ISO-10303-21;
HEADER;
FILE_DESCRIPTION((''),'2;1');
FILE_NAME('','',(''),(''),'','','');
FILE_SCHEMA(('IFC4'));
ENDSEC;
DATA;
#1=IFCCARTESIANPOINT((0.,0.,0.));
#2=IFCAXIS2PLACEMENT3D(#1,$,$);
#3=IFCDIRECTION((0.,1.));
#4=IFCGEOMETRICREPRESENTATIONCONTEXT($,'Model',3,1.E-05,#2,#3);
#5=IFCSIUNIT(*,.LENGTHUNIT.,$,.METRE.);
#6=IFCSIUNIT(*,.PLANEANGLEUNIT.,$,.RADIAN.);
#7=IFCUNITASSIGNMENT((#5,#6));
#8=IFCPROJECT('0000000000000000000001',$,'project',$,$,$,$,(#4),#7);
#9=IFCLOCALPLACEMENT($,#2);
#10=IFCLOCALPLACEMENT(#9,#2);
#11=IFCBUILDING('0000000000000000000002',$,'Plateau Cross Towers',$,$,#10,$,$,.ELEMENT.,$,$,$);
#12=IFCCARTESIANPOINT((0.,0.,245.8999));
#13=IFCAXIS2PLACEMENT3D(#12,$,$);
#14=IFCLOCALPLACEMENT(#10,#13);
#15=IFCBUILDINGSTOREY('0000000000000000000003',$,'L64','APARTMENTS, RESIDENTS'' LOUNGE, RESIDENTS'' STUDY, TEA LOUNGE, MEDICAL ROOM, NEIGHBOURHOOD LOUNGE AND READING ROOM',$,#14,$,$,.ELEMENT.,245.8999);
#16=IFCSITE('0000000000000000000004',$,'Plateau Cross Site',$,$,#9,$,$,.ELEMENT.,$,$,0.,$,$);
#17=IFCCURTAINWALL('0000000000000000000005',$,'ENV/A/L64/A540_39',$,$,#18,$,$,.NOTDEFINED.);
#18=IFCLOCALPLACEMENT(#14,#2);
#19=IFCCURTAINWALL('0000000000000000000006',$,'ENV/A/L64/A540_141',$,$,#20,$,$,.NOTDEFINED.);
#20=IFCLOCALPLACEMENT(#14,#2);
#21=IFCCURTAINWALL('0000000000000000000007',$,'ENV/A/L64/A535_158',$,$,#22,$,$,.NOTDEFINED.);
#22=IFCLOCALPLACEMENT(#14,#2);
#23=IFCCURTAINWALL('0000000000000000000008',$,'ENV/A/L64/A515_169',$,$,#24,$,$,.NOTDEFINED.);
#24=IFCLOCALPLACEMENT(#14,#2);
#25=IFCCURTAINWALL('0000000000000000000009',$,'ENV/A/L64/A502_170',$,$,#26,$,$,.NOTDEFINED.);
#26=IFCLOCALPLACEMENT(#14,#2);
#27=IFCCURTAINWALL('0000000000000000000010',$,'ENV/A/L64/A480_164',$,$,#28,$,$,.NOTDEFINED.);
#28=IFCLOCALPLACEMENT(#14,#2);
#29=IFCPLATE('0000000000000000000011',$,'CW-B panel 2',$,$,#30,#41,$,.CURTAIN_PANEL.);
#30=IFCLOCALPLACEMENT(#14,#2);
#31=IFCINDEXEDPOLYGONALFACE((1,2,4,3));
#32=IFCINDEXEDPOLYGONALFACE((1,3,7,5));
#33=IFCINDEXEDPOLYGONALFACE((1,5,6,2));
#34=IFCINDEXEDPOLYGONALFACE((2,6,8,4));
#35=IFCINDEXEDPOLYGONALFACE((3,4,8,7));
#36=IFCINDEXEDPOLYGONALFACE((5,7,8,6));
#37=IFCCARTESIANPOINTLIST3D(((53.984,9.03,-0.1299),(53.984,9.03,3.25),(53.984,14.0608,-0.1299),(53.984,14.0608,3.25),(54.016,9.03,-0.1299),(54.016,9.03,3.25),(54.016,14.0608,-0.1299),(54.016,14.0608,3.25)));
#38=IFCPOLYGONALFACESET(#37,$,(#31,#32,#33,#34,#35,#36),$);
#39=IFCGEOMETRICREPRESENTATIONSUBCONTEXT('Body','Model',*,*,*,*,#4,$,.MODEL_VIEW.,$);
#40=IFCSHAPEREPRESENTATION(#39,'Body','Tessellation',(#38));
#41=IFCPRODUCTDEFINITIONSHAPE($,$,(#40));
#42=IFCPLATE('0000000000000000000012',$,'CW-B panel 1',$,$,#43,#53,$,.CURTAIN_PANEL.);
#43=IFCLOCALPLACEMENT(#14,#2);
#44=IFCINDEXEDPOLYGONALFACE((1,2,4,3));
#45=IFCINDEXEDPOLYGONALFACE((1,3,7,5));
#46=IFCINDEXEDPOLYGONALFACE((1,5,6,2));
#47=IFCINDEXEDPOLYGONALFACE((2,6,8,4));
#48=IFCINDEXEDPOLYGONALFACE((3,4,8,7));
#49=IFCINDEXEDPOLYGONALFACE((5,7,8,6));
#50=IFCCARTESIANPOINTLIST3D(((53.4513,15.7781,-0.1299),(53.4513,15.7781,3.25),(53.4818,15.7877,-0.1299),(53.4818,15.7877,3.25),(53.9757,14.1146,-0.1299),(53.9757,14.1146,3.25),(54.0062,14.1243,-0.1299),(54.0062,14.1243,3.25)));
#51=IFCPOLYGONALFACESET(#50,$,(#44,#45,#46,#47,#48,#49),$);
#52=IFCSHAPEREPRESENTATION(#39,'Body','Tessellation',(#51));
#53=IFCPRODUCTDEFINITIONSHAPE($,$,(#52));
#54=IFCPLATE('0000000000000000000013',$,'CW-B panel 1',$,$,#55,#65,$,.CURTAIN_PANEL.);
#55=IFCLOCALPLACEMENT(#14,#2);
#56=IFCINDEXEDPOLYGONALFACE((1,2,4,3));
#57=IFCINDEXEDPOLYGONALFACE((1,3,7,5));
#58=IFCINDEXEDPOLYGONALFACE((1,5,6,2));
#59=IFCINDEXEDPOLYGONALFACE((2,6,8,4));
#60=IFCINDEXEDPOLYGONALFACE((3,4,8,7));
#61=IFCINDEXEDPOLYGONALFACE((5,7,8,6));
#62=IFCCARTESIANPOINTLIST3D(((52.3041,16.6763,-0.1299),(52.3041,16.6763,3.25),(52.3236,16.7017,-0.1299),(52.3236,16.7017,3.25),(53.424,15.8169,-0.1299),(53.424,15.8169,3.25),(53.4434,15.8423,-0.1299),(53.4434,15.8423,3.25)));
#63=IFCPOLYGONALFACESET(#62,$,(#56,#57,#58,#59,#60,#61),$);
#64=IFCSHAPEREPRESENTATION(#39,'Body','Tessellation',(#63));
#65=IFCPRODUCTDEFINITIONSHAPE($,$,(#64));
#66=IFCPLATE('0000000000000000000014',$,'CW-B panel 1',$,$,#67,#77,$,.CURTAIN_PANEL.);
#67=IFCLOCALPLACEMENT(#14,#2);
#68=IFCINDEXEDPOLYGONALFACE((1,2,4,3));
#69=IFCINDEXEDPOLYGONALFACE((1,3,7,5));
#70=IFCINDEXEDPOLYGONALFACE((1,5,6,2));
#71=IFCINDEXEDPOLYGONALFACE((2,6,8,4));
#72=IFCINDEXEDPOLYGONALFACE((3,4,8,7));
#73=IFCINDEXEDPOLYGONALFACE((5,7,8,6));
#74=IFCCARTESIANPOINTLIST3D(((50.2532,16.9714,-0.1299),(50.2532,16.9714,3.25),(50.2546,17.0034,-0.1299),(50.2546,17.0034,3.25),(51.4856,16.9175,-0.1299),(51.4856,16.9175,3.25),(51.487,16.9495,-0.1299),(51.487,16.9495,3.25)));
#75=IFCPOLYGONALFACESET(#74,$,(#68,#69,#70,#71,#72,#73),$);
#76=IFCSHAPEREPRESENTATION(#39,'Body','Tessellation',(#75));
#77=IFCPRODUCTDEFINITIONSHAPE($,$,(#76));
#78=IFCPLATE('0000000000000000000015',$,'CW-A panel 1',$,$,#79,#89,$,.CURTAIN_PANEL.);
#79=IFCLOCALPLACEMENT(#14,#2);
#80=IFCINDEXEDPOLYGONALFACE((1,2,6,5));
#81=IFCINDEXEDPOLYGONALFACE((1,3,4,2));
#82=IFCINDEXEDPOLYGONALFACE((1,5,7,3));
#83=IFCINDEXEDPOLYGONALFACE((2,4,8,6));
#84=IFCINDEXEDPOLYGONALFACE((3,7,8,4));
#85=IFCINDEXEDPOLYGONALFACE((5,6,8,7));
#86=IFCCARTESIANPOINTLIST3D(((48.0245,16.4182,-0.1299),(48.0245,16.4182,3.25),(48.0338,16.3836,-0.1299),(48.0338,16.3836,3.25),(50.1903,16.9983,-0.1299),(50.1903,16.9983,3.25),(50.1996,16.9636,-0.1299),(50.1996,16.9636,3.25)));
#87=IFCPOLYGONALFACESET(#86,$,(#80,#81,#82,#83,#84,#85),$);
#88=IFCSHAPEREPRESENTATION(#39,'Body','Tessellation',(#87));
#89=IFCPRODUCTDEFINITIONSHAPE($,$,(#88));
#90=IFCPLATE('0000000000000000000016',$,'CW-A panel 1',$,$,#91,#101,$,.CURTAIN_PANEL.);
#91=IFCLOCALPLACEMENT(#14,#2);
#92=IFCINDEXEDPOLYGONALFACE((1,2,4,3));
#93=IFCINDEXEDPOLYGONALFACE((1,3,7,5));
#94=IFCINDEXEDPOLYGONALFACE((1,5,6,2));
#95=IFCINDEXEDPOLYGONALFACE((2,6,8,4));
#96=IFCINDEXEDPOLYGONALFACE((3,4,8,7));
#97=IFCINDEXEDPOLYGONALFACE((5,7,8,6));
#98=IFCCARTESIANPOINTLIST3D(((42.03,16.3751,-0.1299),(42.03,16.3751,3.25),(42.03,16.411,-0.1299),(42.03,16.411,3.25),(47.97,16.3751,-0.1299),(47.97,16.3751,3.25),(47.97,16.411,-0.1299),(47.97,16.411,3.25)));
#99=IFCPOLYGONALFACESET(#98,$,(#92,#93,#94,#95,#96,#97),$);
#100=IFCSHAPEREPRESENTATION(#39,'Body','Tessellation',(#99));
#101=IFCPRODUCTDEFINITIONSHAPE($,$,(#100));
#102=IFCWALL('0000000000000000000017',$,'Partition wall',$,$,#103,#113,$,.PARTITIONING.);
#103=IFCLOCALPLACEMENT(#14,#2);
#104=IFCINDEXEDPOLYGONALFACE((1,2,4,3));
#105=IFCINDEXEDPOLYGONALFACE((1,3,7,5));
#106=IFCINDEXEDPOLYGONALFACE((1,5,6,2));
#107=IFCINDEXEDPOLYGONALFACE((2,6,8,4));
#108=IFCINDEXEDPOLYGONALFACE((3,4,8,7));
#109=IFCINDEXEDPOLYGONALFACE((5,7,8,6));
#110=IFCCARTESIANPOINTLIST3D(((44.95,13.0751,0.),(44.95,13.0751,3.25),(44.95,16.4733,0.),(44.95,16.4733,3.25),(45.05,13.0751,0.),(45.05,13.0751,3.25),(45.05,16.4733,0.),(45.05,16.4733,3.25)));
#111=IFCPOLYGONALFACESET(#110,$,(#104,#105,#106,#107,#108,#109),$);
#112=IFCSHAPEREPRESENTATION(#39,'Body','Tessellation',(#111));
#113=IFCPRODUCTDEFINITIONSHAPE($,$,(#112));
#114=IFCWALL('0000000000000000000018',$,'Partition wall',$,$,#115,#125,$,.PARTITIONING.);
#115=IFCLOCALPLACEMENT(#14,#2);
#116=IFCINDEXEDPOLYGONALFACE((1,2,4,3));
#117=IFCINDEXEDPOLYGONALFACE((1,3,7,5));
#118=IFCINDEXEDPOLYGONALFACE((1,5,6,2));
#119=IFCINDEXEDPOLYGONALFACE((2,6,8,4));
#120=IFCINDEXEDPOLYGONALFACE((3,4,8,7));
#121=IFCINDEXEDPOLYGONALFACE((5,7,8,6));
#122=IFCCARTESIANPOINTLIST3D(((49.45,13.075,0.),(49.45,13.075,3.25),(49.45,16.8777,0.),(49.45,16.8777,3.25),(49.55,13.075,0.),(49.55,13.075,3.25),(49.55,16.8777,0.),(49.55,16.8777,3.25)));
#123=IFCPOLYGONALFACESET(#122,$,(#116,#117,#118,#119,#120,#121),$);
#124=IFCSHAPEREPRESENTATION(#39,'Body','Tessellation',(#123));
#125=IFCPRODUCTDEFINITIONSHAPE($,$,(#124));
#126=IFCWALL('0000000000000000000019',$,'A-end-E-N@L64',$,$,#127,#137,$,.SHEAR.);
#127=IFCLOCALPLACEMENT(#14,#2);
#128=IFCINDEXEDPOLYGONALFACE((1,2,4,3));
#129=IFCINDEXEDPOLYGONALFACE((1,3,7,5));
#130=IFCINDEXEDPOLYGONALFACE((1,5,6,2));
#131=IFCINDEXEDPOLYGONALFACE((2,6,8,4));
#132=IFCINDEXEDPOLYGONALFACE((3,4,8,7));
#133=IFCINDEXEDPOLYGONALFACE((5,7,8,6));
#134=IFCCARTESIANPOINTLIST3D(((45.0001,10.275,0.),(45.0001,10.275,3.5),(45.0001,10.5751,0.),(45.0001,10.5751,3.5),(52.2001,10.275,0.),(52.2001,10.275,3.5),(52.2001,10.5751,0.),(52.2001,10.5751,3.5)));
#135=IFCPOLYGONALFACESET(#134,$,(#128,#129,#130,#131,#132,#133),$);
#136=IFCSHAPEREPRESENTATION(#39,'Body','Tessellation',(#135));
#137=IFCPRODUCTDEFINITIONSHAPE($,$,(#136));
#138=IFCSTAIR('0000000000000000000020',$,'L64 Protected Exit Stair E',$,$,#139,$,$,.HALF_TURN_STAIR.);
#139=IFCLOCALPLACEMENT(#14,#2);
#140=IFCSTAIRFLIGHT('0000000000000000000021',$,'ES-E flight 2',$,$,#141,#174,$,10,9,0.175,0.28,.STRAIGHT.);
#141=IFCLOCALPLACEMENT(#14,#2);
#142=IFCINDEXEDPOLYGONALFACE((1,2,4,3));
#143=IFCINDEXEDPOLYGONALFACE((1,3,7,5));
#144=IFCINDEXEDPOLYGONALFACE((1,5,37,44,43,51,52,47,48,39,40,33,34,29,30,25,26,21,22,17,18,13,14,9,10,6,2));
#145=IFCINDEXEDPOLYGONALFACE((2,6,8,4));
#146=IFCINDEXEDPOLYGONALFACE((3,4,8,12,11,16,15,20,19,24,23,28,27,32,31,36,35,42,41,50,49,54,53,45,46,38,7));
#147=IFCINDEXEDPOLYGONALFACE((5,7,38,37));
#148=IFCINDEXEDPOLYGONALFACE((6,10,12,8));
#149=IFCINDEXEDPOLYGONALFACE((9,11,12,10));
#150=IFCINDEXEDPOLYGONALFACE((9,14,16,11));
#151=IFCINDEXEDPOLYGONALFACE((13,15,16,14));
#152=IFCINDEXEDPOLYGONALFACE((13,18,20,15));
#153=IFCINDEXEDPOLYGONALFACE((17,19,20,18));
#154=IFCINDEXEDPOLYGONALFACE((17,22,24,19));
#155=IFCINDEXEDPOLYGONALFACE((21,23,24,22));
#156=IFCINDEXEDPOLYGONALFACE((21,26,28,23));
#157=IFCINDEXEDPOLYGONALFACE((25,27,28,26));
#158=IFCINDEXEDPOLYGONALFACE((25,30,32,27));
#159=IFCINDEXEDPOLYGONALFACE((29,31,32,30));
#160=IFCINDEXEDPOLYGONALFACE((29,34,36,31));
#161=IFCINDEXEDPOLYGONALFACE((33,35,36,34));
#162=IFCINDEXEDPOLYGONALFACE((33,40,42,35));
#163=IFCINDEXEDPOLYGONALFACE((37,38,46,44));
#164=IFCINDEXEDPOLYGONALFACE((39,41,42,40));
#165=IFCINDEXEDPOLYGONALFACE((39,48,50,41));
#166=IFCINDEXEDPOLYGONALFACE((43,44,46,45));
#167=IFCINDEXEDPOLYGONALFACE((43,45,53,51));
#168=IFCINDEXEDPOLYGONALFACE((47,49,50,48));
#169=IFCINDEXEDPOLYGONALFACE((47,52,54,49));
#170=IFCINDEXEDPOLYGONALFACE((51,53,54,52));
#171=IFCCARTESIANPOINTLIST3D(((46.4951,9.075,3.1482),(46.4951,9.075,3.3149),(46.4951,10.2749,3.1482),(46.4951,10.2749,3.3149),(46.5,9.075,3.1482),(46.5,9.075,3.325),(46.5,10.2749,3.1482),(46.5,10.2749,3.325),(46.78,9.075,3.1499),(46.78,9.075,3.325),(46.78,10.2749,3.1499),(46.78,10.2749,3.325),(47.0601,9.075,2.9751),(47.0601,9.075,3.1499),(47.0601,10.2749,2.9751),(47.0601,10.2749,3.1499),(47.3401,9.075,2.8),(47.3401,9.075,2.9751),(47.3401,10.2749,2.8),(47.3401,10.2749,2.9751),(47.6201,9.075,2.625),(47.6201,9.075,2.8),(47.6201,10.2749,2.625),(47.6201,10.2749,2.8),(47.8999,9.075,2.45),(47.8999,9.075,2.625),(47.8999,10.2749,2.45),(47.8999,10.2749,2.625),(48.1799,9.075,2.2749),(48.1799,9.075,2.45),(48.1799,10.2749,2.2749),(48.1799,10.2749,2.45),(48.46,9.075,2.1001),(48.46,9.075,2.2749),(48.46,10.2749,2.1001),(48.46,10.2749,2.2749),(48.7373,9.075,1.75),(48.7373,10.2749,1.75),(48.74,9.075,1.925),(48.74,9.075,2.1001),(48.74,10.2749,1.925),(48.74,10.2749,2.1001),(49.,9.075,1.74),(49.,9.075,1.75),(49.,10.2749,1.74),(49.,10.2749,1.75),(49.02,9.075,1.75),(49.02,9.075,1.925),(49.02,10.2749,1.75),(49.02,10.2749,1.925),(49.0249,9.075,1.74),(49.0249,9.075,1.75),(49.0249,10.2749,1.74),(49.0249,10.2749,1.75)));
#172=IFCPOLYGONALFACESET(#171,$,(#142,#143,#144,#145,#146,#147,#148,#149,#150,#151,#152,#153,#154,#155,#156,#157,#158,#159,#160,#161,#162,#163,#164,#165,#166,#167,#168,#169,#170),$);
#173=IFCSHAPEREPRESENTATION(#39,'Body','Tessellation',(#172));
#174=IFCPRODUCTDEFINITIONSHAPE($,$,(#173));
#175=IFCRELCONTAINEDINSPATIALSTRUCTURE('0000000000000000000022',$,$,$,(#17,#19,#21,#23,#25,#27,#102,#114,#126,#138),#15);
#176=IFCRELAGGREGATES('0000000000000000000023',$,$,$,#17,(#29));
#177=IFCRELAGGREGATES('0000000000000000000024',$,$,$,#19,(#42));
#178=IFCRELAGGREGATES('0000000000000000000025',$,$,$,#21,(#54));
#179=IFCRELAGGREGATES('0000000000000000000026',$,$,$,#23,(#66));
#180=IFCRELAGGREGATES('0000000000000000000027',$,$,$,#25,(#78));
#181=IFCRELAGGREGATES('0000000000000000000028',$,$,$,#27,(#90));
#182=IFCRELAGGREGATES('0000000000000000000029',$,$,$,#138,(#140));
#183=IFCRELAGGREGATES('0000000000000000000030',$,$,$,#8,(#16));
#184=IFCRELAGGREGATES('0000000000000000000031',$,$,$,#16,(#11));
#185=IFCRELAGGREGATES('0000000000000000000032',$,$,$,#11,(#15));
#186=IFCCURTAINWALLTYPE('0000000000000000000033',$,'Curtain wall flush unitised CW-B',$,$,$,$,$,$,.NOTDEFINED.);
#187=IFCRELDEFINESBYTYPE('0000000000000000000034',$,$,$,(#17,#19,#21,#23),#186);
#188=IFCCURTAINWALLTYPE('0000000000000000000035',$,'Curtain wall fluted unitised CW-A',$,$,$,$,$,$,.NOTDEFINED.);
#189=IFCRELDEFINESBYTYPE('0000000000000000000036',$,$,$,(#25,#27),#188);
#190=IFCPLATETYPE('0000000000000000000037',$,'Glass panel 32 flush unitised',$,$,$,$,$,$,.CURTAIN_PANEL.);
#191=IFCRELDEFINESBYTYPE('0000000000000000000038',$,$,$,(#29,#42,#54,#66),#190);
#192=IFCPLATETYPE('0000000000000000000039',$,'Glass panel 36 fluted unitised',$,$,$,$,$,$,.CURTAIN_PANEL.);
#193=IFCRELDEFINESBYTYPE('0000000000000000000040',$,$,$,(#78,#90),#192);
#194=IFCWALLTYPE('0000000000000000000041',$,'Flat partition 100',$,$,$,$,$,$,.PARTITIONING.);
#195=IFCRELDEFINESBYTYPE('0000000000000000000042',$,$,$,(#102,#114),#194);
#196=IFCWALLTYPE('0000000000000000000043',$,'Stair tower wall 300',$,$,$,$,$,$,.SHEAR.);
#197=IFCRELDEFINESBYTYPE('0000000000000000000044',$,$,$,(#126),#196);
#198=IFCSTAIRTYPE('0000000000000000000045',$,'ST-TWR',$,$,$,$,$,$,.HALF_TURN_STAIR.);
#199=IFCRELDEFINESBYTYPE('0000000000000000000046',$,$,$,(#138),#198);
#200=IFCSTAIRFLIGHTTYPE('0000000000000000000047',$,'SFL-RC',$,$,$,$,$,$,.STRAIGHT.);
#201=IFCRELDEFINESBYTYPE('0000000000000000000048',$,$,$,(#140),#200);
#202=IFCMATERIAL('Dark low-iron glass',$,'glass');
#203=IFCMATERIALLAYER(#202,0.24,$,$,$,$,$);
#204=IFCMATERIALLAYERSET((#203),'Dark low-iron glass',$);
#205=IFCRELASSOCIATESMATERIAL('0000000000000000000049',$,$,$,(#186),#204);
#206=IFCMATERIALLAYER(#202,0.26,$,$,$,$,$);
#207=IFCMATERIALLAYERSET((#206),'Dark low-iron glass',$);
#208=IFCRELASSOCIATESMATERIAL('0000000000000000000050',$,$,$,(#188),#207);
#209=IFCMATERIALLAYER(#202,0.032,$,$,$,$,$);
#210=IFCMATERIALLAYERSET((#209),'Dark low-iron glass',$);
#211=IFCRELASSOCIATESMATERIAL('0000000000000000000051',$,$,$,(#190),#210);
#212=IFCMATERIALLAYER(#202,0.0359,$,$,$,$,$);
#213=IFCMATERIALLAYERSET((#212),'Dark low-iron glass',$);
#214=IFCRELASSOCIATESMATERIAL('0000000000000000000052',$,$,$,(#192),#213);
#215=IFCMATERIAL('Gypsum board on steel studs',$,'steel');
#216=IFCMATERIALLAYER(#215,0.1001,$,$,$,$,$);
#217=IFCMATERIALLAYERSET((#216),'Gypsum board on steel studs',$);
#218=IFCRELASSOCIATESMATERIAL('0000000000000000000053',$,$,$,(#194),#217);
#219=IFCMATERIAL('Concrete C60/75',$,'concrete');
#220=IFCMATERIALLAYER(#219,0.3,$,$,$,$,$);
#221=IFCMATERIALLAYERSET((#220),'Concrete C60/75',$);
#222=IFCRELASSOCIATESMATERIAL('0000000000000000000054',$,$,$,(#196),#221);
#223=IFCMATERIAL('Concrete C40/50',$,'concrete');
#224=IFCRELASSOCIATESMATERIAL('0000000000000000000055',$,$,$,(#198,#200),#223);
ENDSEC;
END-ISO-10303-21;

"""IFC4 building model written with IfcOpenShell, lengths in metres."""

from ifc_helpers import new_model, si_unit, direction, frame, frame_2d, origin, origin_2d, place, context, subcontext, project, spatial, polyline, rectangle, outline, extrude, material, layer, layer_set, type_object, element, aggregate, save


model = new_model("IFC4")

# Units and contexts
model_context = context("Model", 3, precision=1e-05, world=origin(), true_north=direction((0.0, 1.0)))
body_context = subcontext(model_context, "Body", "Model", "MODEL_VIEW")
ifc_project = project(units=[si_unit("LENGTHUNIT", "METRE"), si_unit("PLANEANGLEUNIT", "RADIAN")], contexts=[model_context])

# Site, building, storey
site_placement = place(None, origin())
site = spatial("IfcSite", under=ifc_project, at=site_placement, Name="Plateau Cross Site", CompositionType="ELEMENT", RefElevation=0.0)
building_placement = place(site_placement, origin())
building = spatial("IfcBuilding", under=site, at=building_placement, Name="Plateau Cross Towers", CompositionType="ELEMENT")
storey_placement = place(building_placement, frame((0.0, 0.0, 245.8999)))
storey = spatial("IfcBuildingStorey", under=building, at=storey_placement, Name="L64", Description="APARTMENTS, RESIDENTS' LOUNGE, RESIDENTS' STUDY, TEA LOUNGE, MEDICAL ROOM, NEIGHBOURHOOD LOUNGE AND READING ROOM", CompositionType="ELEMENT", Elevation=245.8999)

# Shared definitions
ifc_material_1 = material(Name="Concrete C60/75", Category="concrete")

# Curtain walls
ifc_material_2 = material(Name="Dark low-iron glass", Category="glass")
ifc_layer_1 = layer(ifc_material_2, 0.24)
ifc_layer_set_1 = layer_set([ifc_layer_1], Name="Dark low-iron glass")
curtain_wall_type_1 = type_object("IfcCurtainWallType", Name="Curtain wall flush unitised CW-B", PredefinedType="NOTDEFINED", material=ifc_layer_set_1)
curtain_wall_1_placement = place(storey_placement, origin())
curtain_wall_1 = element("IfcCurtainWall", 1, at=curtain_wall_1_placement, inside=storey, type_object=curtain_wall_type_1, Name="ENV/A/L64/A540_39", PredefinedType="NOTDEFINED")
curtain_wall_2_placement = place(storey_placement, origin())
curtain_wall_2 = element("IfcCurtainWall", 2, at=curtain_wall_2_placement, inside=storey, type_object=curtain_wall_type_1, Name="ENV/A/L64/A540_141", PredefinedType="NOTDEFINED")

# Curtain wall
curtain_wall_3_placement = place(storey_placement, origin())
curtain_wall_3 = element("IfcCurtainWall", 3, at=curtain_wall_3_placement, inside=storey, type_object=curtain_wall_type_1, Name="ENV/A/L64/A535_158", PredefinedType="NOTDEFINED")

# Curtain walls
curtain_wall_4_placement = place(storey_placement, origin())
curtain_wall_4 = element("IfcCurtainWall", 4, at=curtain_wall_4_placement, inside=storey, type_object=curtain_wall_type_1, Name="ENV/A/L64/A515_169", PredefinedType="NOTDEFINED")
ifc_layer_2 = layer(ifc_material_2, 0.26)
ifc_layer_set_2 = layer_set([ifc_layer_2], Name="Dark low-iron glass")
curtain_wall_type_2 = type_object("IfcCurtainWallType", Name="Curtain wall fluted unitised CW-A", PredefinedType="NOTDEFINED", material=ifc_layer_set_2)
curtain_wall_5_placement = place(storey_placement, origin())
curtain_wall_5 = element("IfcCurtainWall", 5, at=curtain_wall_5_placement, inside=storey, type_object=curtain_wall_type_2, Name="ENV/A/L64/A502_170", PredefinedType="NOTDEFINED")
curtain_wall_6_placement = place(storey_placement, origin())
curtain_wall_6 = element("IfcCurtainWall", 6, at=curtain_wall_6_placement, inside=storey, type_object=curtain_wall_type_2, Name="ENV/A/L64/A480_164", PredefinedType="NOTDEFINED")

# Plates
ifc_layer_3 = layer(ifc_material_2, 0.032)
ifc_layer_set_3 = layer_set([ifc_layer_3], Name="Dark low-iron glass")
plate_type_1 = type_object("IfcPlateType", Name="Glass panel 32 flush unitised", PredefinedType="CURTAIN_PANEL", material=ifc_layer_set_3)
plate_1_placement = place(storey_placement, frame((54.0, 11.5454, -0.1299), z_axis=(0.0, 0.0, 1.0), x_axis=(0.0, 1.0, 0.0)))
plate_1 = element("IfcPlate", 7, at=plate_1_placement, type_object=plate_type_1, Name="CW-B panel 2", PredefinedType="CURTAIN_PANEL", context=body_context, shape_type="SweptSolid", body=[
    extrude(rectangle(XDim=5.0308, YDim=0.032, at=origin_2d()), origin(), (0.0, 0.0, 1.0), 3.3799),
])
aggregate(curtain_wall_1, [plate_1])
plate_2_placement = place(storey_placement, frame((53.7288, 14.9512, -0.1299), z_axis=(0.0, 0.0, 1.0), x_axis=(-0.300686, 0.953723, 0.0)))
plate_2 = element("IfcPlate", 8, at=plate_2_placement, type_object=plate_type_1, Name="CW-B panel 1", PredefinedType="CURTAIN_PANEL", context=body_context, shape_type="SweptSolid", body=[
    extrude(rectangle(XDim=1.7441, YDim=0.032, at=origin_2d()), origin(), (0.0, 0.0, 1.0), 3.3799),
])
aggregate(curtain_wall_2, [plate_2])
plate_3_placement = place(storey_placement, frame((52.8738, 16.2593, -0.1299), z_axis=(0.0, 0.0, 1.0), x_axis=(-0.793316, 0.608811, 0.0)))
plate_3 = element("IfcPlate", 9, at=plate_3_placement, type_object=plate_type_1, Name="CW-B panel 1", PredefinedType="CURTAIN_PANEL", context=body_context, shape_type="SweptSolid", body=[
    extrude(rectangle(XDim=1.4116, YDim=0.032, at=origin_2d()), origin(), (0.0, 0.0, 1.0), 3.3799),
])
aggregate(curtain_wall_3, [plate_3])
plate_4_placement = place(storey_placement, frame((50.8701, 16.9604, -0.1299), z_axis=(0.0, 0.0, 1.0), x_axis=(-0.999044, 0.043723, 0.0)))
plate_4 = element("IfcPlate", 10, at=plate_4_placement, type_object=plate_type_1, Name="CW-B panel 1", PredefinedType="CURTAIN_PANEL", context=body_context, shape_type="SweptSolid", body=[
    extrude(rectangle(XDim=1.2336, YDim=0.032, at=origin_2d()), origin(), (0.0, 0.0, 1.0), 3.3799),
])
aggregate(curtain_wall_4, [plate_4])
ifc_layer_4 = layer(ifc_material_2, 0.0359)
ifc_layer_set_4 = layer_set([ifc_layer_4], Name="Dark low-iron glass")
plate_type_2 = type_object("IfcPlateType", Name="Glass panel 36 fluted unitised", PredefinedType="CURTAIN_PANEL", material=ifc_layer_set_4)
plate_5_placement = place(storey_placement, frame((49.1121, 16.6909, -0.1299), z_axis=(0.0, 0.0, 1.0), x_axis=(-0.965958, -0.258699, 0.0)))
plate_5 = element("IfcPlate", 11, at=plate_5_placement, type_object=plate_type_2, Name="CW-A panel 1", PredefinedType="CURTAIN_PANEL", context=body_context, shape_type="SweptSolid", body=[
    extrude(rectangle(XDim=2.2422, YDim=0.0359, at=origin_2d()), origin(), (0.0, 0.0, 1.0), 3.3799),
])
aggregate(curtain_wall_5, [plate_5])
plate_6_placement = place(storey_placement, frame((45.0, 16.3931, -0.1299), z_axis=(0.0, 0.0, 1.0), x_axis=(-1.0, 0.0, 0.0)))
plate_6 = element("IfcPlate", 12, at=plate_6_placement, type_object=plate_type_2, Name="CW-A panel 1", PredefinedType="CURTAIN_PANEL", context=body_context, shape_type="SweptSolid", body=[
    extrude(rectangle(XDim=5.9399, YDim=0.0359, at=origin_2d()), origin(), (0.0, 0.0, 1.0), 3.3799),
])
aggregate(curtain_wall_6, [plate_6])

# Walls
ifc_material_3 = material(Name="Gypsum board on steel studs", Category="steel")
ifc_layer_5 = layer(ifc_material_3, 0.1001)
ifc_layer_set_5 = layer_set([ifc_layer_5], Name="Gypsum board on steel studs")
wall_type_1 = type_object("IfcWallType", Name="Flat partition 100", PredefinedType="PARTITIONING", material=ifc_layer_set_5)
wall_1_placement = place(storey_placement, frame((45.0, 13.075, 0.0), z_axis=(0.0, 0.0, 1.0), x_axis=(0.0, 1.0, 0.0)))
element("IfcWall", 13, at=wall_1_placement, inside=storey, type_object=wall_type_1, Name="Partition wall", PredefinedType="PARTITIONING", context=body_context, shape_type="SweptSolid", body=[
    extrude(rectangle(XDim=3.3982, YDim=0.1001, at=frame_2d((1.6992, 0.0))), origin(), (0.0, 0.0, 1.0), 3.25),
])
wall_2_placement = place(storey_placement, frame((49.5, 13.075, 0.0), z_axis=(0.0, 0.0, 1.0), x_axis=(0.0, 1.0, 0.0)))
element("IfcWall", 14, at=wall_2_placement, inside=storey, type_object=wall_type_1, Name="Partition wall", PredefinedType="PARTITIONING", context=body_context, shape_type="SweptSolid", body=[
    extrude(rectangle(XDim=3.8027, YDim=0.1001, at=frame_2d((1.9014, 0.0))), origin(), (0.0, 0.0, 1.0), 3.25),
])
ifc_layer_6 = layer(ifc_material_1, 0.3)
ifc_layer_set_6 = layer_set([ifc_layer_6], Name="Concrete C60/75")
wall_type_2 = type_object("IfcWallType", Name="Stair tower wall 300", PredefinedType="SHEAR", material=ifc_layer_set_6)
wall_3_placement = place(storey_placement, frame((45.0, 10.425, 0.0), z_axis=(0.0, 0.0, 1.0), x_axis=(1.0, 0.0, 0.0)))
element("IfcWall", 15, at=wall_3_placement, inside=storey, type_object=wall_type_2, Name="A-end-E-N@L64", PredefinedType="SHEAR", context=body_context, shape_type="SweptSolid", body=[
    extrude(rectangle(XDim=7.2, YDim=0.3, at=frame_2d((3.6001, 0.0))), origin(), (0.0, 0.0, 1.0), 3.5),
])

# Stair, stair flight
ifc_material_4 = material(Name="Concrete C40/50", Category="concrete")
stair_type = type_object("IfcStairType", Name="ST-TWR", PredefinedType="HALF_TURN_STAIR", material=ifc_material_4)
stair_placement = place(storey_placement, origin())
stair = element("IfcStair", 16, at=stair_placement, inside=storey, type_object=stair_type, Name="L64 Protected Exit Stair E", PredefinedType="HALF_TURN_STAIR")
stair_flight_type = type_object("IfcStairFlightType", Name="SFL-RC", PredefinedType="STRAIGHT", material=ifc_material_4)
stair_flight_placement = place(storey_placement, frame((49.02, 9.675, 1.75), z_axis=(0.0, 0.0, 1.0), x_axis=(-1.0, 0.0, 0.0)))
stair_flight = element("IfcStairFlight", 17, at=stair_flight_placement, type_object=stair_flight_type, Name="ES-E flight 2", NumberOfRisers=10, NumberOfTreads=9, PredefinedType="STRAIGHT", RiserHeight=0.175, TreadLength=0.28, context=body_context, shape_type="SweptSolid", body=[
    extrude(outline(polyline([(-0.0049, -0.01), (-0.0049, 0.0), (0.0, 0.0), (0.0, 0.175), (0.28, 0.175), (0.28, 0.3501), (0.5601, 0.3501), (0.5601, 0.5249), (0.8401, 0.5249), (0.8401, 0.7), (1.1201, 0.7), (1.1201, 0.875), (1.3999, 0.875), (1.3999, 1.05), (1.6799, 1.05), (1.6799, 1.2251), (1.96, 1.2251), (1.96, 1.3999), (2.24, 1.3999), (2.24, 1.575), (2.52, 1.575), (2.5249, 1.5649), (2.5249, 1.3982), (2.52, 1.3982), (0.2827, 0.0), (0.02, 0.0), (0.02, -0.01), (-0.0049, -0.01)])), frame((0.0, 0.6001, 0.0), z_axis=(0.0, -1.0, 0.0), x_axis=(1.0, 0.0, 0.0)), (0.0, 0.0, 1.0), 1.2),
])
aggregate(stair, [stair_flight])

save(model, "model.ifc")
